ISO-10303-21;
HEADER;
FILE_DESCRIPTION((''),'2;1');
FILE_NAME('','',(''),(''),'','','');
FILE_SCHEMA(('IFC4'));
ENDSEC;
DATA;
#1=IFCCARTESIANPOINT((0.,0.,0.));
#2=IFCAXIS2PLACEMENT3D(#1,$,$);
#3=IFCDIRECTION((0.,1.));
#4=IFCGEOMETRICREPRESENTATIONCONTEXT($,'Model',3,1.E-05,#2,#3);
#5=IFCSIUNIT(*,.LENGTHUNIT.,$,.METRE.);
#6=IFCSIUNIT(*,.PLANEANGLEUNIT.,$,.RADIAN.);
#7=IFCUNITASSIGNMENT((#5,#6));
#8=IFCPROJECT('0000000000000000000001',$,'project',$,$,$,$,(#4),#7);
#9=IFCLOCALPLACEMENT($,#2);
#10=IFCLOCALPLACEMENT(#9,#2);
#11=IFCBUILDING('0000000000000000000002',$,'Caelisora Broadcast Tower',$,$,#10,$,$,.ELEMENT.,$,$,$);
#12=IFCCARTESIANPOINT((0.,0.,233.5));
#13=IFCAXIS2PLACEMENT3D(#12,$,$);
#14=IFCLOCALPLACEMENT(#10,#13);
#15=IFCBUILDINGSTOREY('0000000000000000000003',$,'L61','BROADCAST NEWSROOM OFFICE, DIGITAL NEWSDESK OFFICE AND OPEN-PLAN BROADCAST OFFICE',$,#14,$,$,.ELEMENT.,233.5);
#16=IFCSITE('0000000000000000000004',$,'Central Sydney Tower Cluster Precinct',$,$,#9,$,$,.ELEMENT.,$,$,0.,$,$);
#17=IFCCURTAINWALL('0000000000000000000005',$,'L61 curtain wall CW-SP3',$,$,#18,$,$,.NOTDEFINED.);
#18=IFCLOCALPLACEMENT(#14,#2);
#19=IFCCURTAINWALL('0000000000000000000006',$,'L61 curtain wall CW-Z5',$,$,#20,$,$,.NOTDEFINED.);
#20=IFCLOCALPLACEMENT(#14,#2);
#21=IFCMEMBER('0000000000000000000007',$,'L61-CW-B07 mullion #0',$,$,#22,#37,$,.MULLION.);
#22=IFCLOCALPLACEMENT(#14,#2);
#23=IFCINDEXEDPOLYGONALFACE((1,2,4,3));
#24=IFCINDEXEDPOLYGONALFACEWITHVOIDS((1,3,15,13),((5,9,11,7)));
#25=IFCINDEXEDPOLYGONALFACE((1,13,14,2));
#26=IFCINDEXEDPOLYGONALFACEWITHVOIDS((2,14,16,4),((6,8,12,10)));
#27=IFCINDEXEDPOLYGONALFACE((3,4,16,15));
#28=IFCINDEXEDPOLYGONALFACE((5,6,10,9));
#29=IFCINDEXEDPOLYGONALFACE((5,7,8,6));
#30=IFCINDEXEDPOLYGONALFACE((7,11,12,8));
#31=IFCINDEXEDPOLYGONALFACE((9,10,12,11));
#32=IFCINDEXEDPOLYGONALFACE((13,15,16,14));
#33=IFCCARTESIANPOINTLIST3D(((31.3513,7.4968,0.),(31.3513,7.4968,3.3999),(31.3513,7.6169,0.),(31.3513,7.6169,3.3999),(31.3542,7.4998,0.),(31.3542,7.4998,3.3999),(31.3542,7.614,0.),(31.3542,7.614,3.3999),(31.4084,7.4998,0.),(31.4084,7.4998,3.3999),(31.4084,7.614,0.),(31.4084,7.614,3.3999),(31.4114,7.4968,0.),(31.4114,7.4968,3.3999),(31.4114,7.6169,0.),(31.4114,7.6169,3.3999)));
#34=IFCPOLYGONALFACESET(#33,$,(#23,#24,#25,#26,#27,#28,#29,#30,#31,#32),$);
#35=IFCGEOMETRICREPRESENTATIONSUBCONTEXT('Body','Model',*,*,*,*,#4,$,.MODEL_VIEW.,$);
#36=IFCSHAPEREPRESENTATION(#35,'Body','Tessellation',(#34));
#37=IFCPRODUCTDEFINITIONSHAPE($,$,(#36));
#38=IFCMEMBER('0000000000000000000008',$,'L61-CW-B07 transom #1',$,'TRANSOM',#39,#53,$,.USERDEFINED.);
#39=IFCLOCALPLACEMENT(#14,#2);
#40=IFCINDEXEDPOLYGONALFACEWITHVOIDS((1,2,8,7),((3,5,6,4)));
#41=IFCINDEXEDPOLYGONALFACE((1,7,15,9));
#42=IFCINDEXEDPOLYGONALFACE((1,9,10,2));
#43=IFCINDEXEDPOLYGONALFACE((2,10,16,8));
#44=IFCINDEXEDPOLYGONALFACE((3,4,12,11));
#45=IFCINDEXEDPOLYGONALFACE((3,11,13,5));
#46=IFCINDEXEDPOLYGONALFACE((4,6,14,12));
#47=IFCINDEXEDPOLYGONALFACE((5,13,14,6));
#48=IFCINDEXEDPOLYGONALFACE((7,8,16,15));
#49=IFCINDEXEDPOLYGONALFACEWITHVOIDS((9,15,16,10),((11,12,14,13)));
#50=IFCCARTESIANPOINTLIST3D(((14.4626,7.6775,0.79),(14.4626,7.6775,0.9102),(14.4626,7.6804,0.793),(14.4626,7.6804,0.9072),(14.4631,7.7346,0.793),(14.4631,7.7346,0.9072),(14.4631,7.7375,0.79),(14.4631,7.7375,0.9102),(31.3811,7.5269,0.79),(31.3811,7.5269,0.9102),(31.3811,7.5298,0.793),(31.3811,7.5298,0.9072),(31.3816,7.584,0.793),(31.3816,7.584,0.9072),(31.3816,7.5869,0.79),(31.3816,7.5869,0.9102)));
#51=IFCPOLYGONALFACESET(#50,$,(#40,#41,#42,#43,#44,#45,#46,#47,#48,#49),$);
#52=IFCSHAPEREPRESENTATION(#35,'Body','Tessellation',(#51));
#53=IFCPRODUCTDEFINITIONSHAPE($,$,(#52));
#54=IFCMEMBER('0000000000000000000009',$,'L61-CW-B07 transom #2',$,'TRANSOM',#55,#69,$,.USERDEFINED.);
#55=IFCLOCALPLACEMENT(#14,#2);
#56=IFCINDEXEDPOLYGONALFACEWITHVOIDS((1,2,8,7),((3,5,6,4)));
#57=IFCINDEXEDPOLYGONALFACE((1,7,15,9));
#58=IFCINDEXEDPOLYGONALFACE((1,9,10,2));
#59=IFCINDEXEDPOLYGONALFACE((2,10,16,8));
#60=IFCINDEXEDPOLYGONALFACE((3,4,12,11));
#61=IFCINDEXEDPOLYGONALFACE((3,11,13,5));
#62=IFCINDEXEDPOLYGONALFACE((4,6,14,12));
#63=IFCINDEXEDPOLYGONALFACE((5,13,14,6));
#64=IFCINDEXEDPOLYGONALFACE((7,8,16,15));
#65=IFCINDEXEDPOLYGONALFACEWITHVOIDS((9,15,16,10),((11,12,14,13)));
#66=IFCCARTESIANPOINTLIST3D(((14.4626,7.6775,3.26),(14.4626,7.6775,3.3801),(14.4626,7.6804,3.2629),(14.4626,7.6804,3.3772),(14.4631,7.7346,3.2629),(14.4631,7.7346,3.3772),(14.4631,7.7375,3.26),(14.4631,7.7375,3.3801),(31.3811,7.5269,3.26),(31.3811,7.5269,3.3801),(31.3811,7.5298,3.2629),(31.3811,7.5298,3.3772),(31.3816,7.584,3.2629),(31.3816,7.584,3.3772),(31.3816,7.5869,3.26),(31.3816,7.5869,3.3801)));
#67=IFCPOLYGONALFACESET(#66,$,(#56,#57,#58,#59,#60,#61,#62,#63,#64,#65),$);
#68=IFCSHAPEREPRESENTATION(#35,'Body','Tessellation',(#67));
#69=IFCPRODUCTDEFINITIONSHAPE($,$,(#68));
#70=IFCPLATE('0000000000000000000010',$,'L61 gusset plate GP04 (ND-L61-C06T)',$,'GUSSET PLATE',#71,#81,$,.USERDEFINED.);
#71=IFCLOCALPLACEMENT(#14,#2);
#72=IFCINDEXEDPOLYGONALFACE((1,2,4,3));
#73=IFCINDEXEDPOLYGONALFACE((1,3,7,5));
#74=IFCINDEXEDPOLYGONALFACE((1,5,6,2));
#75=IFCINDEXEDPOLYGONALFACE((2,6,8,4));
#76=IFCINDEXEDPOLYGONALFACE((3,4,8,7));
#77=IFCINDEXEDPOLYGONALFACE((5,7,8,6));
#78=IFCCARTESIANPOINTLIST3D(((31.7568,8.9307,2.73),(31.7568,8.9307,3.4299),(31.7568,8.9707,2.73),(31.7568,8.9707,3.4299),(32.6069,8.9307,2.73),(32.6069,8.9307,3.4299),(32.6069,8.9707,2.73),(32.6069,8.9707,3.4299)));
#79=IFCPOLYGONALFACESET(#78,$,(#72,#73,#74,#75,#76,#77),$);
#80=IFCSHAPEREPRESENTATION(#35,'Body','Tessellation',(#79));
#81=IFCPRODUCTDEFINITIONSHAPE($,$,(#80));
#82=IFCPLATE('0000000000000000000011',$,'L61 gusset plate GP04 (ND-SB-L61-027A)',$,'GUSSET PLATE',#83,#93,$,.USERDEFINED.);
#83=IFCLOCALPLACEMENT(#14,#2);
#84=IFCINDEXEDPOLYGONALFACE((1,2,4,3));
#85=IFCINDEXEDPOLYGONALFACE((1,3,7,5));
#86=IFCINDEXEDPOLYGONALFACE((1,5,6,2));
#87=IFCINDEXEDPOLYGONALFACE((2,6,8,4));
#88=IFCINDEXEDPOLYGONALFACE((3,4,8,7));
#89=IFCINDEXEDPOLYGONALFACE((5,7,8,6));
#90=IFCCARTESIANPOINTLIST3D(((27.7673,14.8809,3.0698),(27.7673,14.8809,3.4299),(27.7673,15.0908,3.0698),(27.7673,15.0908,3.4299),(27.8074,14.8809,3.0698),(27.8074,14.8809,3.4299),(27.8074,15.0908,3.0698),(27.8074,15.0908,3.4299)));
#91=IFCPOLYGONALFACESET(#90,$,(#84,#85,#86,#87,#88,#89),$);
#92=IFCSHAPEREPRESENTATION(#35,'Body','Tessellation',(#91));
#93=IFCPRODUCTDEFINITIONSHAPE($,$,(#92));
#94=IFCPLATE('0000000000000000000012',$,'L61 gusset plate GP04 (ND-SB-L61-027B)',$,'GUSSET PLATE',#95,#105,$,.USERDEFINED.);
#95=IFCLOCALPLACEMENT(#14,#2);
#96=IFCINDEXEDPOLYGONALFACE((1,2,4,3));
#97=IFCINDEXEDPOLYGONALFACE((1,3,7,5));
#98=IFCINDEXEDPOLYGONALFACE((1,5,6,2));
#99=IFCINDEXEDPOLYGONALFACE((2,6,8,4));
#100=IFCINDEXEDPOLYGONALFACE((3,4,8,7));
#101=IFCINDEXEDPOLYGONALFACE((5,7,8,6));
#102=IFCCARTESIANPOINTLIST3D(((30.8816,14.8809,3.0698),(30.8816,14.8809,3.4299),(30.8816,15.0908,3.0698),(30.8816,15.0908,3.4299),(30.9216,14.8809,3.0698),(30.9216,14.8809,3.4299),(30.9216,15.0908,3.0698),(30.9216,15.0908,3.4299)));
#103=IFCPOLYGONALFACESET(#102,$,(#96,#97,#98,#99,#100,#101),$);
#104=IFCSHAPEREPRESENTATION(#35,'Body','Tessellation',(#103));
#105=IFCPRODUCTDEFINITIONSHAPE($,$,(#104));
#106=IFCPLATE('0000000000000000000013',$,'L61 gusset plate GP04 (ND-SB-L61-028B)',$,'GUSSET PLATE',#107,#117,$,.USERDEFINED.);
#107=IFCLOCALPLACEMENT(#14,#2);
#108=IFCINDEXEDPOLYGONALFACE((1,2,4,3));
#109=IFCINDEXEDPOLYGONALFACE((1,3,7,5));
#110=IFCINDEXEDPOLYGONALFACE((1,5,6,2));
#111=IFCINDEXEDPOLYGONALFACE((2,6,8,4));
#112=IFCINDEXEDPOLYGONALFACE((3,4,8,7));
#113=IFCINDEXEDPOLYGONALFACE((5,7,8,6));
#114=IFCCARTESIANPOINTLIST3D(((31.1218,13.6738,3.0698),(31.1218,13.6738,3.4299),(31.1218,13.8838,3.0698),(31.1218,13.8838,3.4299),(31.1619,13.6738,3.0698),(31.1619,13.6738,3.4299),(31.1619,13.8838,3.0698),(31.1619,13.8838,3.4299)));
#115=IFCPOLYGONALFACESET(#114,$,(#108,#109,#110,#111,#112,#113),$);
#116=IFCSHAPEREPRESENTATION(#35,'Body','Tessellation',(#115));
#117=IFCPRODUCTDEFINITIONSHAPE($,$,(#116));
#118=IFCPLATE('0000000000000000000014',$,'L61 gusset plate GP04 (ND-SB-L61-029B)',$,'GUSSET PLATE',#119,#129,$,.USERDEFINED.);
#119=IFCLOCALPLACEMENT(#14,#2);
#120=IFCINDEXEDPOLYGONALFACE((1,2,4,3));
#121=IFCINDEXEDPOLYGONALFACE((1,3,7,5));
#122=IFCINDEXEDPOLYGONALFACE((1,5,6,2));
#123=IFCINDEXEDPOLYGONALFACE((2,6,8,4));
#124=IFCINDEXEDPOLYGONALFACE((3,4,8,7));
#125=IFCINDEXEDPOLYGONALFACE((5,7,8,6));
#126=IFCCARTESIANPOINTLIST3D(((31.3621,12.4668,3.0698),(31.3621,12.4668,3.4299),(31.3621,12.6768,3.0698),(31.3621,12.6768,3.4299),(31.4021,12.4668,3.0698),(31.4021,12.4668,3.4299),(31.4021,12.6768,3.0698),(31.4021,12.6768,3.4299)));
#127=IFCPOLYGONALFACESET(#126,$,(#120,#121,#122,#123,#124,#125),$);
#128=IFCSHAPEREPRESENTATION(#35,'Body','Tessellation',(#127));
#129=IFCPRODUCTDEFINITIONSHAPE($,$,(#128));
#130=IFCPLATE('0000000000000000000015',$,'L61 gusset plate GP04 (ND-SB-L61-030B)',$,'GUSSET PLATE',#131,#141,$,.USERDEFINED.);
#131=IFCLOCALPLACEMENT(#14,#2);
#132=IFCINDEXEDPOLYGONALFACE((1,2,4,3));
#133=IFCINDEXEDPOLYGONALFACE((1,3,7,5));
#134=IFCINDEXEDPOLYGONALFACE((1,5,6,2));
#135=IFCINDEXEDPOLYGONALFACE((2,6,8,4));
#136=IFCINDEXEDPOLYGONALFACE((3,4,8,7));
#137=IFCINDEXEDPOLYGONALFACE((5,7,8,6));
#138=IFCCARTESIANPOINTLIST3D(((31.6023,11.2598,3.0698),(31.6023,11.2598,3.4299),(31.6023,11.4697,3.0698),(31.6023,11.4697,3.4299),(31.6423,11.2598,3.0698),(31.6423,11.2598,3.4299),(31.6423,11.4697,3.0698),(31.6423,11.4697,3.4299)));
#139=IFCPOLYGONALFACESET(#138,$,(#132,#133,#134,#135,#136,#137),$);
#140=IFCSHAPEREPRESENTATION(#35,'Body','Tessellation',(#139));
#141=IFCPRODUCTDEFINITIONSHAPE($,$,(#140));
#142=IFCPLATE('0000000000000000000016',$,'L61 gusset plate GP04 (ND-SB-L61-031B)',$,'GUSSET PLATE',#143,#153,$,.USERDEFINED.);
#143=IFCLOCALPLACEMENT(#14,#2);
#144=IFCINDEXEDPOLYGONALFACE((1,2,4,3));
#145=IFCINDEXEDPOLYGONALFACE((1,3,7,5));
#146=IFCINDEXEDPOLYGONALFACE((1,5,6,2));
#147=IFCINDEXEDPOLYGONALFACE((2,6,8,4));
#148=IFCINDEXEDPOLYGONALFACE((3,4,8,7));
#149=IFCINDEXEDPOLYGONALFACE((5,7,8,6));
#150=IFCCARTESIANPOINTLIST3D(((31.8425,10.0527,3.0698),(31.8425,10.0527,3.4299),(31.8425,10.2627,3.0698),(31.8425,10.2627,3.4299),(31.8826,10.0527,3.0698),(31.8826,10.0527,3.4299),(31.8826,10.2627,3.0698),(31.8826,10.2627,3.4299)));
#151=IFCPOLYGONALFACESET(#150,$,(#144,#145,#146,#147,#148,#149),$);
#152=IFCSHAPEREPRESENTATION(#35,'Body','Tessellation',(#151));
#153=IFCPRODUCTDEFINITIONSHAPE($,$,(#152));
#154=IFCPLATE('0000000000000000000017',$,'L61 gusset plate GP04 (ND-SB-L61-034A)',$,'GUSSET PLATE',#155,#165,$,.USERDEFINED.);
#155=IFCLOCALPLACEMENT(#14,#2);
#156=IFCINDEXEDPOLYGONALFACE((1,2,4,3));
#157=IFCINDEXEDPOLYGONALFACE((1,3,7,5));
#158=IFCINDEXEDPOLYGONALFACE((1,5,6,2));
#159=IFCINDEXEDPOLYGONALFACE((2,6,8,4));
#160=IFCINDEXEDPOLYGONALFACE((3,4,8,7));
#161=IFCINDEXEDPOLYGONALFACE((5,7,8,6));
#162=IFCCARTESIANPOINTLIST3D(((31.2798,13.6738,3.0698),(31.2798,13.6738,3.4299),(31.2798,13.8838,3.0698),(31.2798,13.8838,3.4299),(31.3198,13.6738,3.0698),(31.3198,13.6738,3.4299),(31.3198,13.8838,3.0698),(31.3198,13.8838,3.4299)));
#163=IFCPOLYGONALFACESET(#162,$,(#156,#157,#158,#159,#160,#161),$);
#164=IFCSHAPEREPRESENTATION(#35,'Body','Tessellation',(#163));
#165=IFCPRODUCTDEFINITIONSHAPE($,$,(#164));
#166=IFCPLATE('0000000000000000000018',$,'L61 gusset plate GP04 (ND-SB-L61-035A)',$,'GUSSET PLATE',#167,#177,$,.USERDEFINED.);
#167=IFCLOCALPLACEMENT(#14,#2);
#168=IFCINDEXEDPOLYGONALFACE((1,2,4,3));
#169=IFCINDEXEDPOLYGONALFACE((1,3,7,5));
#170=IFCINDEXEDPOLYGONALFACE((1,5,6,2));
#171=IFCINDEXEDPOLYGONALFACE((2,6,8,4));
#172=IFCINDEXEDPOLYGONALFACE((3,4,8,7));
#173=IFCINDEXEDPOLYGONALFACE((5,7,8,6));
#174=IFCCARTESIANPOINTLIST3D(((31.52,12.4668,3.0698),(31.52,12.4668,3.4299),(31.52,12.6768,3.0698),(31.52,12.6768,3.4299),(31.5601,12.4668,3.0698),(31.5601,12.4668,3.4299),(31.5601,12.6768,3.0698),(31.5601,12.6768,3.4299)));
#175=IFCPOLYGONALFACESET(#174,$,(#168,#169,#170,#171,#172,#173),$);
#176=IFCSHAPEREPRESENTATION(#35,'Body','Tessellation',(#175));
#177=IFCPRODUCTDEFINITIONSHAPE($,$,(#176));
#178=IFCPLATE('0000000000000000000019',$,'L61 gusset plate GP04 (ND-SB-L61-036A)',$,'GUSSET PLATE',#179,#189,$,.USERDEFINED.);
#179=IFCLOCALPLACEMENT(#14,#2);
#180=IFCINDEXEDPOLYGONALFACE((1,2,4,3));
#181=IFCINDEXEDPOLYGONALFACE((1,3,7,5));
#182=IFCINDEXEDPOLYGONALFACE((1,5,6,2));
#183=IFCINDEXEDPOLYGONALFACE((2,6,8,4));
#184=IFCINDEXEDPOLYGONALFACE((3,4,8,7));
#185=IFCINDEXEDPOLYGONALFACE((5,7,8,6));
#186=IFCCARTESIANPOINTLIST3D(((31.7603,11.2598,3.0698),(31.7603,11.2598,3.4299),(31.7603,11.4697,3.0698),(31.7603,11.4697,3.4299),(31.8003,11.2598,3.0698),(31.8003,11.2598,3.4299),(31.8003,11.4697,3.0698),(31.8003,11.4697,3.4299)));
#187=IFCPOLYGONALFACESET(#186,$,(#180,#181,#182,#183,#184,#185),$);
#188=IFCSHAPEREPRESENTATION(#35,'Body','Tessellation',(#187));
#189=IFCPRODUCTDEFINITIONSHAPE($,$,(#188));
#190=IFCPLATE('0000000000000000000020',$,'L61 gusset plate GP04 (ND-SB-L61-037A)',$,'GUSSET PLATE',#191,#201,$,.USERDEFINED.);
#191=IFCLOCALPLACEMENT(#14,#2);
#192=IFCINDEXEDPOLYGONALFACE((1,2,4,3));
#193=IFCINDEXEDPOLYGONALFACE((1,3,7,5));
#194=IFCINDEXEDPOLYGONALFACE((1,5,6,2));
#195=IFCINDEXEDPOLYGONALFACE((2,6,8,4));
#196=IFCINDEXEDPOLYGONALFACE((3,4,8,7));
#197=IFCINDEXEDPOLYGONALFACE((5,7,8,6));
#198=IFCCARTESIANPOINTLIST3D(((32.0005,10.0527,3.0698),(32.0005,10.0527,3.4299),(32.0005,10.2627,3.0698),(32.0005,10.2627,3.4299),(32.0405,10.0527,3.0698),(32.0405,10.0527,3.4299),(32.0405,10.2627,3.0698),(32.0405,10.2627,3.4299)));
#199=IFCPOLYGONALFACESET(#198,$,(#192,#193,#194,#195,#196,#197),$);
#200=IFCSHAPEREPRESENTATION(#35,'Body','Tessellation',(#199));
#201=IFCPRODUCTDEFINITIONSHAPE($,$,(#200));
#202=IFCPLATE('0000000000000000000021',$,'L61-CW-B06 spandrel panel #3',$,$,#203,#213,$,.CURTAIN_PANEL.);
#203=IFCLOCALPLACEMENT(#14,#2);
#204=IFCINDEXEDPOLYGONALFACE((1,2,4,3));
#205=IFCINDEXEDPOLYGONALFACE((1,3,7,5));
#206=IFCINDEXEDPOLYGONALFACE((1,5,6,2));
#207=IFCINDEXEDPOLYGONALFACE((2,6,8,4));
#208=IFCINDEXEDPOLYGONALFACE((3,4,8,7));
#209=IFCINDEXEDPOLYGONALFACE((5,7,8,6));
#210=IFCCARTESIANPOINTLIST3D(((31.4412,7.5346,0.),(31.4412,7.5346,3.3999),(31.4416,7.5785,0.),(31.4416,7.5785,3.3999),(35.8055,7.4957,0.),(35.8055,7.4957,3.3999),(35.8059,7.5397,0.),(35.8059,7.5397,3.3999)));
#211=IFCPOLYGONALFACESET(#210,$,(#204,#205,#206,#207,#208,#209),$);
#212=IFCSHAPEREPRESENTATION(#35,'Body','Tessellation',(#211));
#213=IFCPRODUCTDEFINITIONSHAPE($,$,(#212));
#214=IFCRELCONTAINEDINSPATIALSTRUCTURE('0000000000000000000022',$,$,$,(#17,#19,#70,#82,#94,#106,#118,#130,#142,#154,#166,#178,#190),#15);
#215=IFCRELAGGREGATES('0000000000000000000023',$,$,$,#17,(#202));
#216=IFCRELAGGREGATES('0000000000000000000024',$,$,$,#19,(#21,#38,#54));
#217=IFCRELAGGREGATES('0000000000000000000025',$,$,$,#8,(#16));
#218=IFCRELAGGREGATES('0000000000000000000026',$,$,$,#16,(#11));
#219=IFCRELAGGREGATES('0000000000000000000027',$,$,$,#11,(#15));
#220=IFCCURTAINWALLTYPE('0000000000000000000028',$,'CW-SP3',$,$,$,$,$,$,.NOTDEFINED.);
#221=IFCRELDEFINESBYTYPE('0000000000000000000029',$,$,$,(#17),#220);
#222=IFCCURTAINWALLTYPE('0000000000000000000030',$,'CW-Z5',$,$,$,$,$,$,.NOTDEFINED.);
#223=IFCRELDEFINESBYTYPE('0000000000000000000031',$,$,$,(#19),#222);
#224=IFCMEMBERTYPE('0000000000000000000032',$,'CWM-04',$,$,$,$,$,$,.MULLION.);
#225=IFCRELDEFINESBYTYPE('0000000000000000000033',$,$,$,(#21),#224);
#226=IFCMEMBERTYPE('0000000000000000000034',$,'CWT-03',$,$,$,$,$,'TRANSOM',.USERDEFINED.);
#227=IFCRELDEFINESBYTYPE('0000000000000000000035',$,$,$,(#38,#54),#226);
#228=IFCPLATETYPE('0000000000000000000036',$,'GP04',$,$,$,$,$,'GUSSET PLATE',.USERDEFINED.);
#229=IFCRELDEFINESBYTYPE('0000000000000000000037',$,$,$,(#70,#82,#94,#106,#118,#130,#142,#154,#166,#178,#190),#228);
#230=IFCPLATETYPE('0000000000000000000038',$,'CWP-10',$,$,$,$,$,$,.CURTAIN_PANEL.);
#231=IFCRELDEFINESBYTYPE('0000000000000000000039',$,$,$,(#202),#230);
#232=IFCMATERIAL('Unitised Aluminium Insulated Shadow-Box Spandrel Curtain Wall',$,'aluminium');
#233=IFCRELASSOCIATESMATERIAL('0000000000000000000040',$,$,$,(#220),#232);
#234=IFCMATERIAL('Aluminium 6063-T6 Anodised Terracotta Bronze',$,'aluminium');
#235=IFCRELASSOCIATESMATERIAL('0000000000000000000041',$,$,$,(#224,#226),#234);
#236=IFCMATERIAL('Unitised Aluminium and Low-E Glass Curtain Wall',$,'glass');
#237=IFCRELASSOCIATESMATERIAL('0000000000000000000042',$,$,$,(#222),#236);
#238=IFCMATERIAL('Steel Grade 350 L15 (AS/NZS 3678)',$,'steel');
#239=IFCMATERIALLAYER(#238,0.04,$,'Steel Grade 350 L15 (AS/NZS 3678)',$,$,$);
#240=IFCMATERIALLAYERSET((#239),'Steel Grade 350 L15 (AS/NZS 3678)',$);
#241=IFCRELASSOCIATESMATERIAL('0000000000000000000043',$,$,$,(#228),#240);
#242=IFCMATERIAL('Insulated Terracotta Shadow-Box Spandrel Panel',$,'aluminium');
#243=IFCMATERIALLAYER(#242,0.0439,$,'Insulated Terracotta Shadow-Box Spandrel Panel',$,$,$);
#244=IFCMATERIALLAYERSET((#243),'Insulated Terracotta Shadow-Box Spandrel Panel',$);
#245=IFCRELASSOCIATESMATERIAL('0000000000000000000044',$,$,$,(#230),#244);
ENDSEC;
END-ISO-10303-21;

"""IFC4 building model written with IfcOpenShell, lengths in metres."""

from ifc_helpers import new_model, si_unit, direction, frame, origin, origin_2d, place, context, subcontext, project, spatial, rectangle, hollow_rectangle, extrude, source, transform, mapped, material, layer, layer_set, material_profile, profile_set, type_object, type_shapes, element, aggregate, save


model = new_model("IFC4")

# Units and contexts
model_context = context("Model", 3, precision=1e-05, world=origin(), true_north=direction((0.0, 1.0)))
body_context = subcontext(model_context, "Body", "Model", "MODEL_VIEW")
ifc_project = project(units=[si_unit("LENGTHUNIT", "METRE"), si_unit("PLANEANGLEUNIT", "RADIAN")], contexts=[model_context])

# Site, building, storey
site_placement = place(None, origin())
site = spatial("IfcSite", under=ifc_project, at=site_placement, Name="Central Sydney Tower Cluster Precinct", CompositionType="ELEMENT", RefElevation=0.0)
building_placement = place(site_placement, origin())
building = spatial("IfcBuilding", under=site, at=building_placement, Name="Caelisora Broadcast Tower", CompositionType="ELEMENT")
storey_placement = place(building_placement, frame((0.0, 0.0, 233.5)))
storey = spatial("IfcBuildingStorey", under=building, at=storey_placement, Name="L61", Description="BROADCAST NEWSROOM OFFICE, DIGITAL NEWSDESK OFFICE AND OPEN-PLAN BROADCAST OFFICE", CompositionType="ELEMENT", Elevation=233.5)

# Shared definitions
ifc_material_1 = material(Name="Steel Grade 350 L15 (AS/NZS 3678)", Category="steel")

# Curtain wall
ifc_material_2 = material(Name="Unitised Aluminium Insulated Shadow-Box Spandrel Curtain Wall", Category="aluminium")
curtain_wall_type_1 = type_object("IfcCurtainWallType", Name="CW-SP3", PredefinedType="NOTDEFINED", material=ifc_material_2)
curtain_wall_1_placement = place(storey_placement, origin())
curtain_wall_1 = element("IfcCurtainWall", 1, at=curtain_wall_1_placement, inside=storey, type_object=curtain_wall_type_1, Name="L61 curtain wall CW-SP3", PredefinedType="NOTDEFINED")
ifc_material_3 = material(Name="Aluminium 6063-T6 Anodised Terracotta Bronze", Category="aluminium")
ifc_material_profile_1 = material_profile(ifc_material_3, hollow_rectangle(XDim=0.0601, YDim=0.1201, WallThickness=0.0029, at=origin_2d()), Name="Aluminium 6063-T6 Anodised Terracotta Bronze")
ifc_profile_set_1 = profile_set([ifc_material_profile_1], Name="Aluminium 6063-T6 Anodised Terracotta Bronze")
member_type_1 = type_object("IfcMemberType", Name="CWM-04", PredefinedType="MULLION", material=ifc_profile_set_1)
shared_shape_1 = source(origin(), body_context, "Body", "SweptSolid", [
    extrude(hollow_rectangle(XDim=0.0601, YDim=0.1201, WallThickness=0.0029, at=origin_2d()), origin(), (0.0, 0.0, 1.0), 3.3999),
])
type_shapes(member_type_1, [shared_shape_1])

# Curtain wall, members
ifc_material_4 = material(Name="Unitised Aluminium and Low-E Glass Curtain Wall", Category="glass")
curtain_wall_type_2 = type_object("IfcCurtainWallType", Name="CW-Z5", PredefinedType="NOTDEFINED", material=ifc_material_4)
curtain_wall_2_placement = place(storey_placement, origin())
curtain_wall_2 = element("IfcCurtainWall", 2, at=curtain_wall_2_placement, inside=storey, type_object=curtain_wall_type_2, Name="L61 curtain wall CW-Z5", PredefinedType="NOTDEFINED")
member_1_placement = place(storey_placement, frame((31.3813, 7.5569, 0.0), z_axis=(0.0, 0.0, 1.0), x_axis=(1.0, 0.0, 0.0)))
member_1 = element("IfcMember", 3, at=member_1_placement, type_object=member_type_1, Name="L61-CW-B07 mullion #0", PredefinedType="MULLION", context=body_context, shape_type="MappedRepresentation", body=[
    mapped(shared_shape_1, transform((0.0, 0.0, 0.0), scale=1.0)),
])
ifc_material_profile_2 = material_profile(ifc_material_3, hollow_rectangle(XDim=0.0601, YDim=0.1201, WallThickness=0.0029, at=origin_2d()), Name="Aluminium 6063-T6 Anodised Terracotta Bronze")
ifc_profile_set_2 = profile_set([ifc_material_profile_2], Name="Aluminium 6063-T6 Anodised Terracotta Bronze")
member_type_2 = type_object("IfcMemberType", Name="CWT-03", ElementType="TRANSOM", PredefinedType="USERDEFINED", material=ifc_profile_set_2)
shared_shape_2 = source(origin(), body_context, "Body", "SweptSolid", [
    extrude(hollow_rectangle(XDim=0.0601, YDim=0.1201, WallThickness=0.0029, at=origin_2d()), origin(), (0.0, 0.0, 1.0), 16.9192),
])
type_shapes(member_type_2, [shared_shape_2])
member_2_placement = place(storey_placement, frame((31.3813, 7.5569, 0.8501), z_axis=(-0.99996, 0.008903, 0.0), x_axis=(-0.008903, -0.99996, 0.0)))
member_2 = element("IfcMember", 4, at=member_2_placement, type_object=member_type_2, Name="L61-CW-B07 transom #1", ObjectType="TRANSOM", PredefinedType="USERDEFINED", context=body_context, shape_type="MappedRepresentation", body=[
    mapped(shared_shape_2, transform((0.0, 0.0, 0.0), scale=1.0)),
])
member_3_placement = place(storey_placement, frame((31.3813, 7.5569, 3.3201), z_axis=(-0.99996, 0.008903, 0.0), x_axis=(-0.008903, -0.99996, 0.0)))
member_3 = element("IfcMember", 5, at=member_3_placement, type_object=member_type_2, Name="L61-CW-B07 transom #2", ObjectType="TRANSOM", PredefinedType="USERDEFINED", context=body_context, shape_type="MappedRepresentation", body=[
    mapped(shared_shape_2, transform((0.0, 0.0, 0.0), scale=1.0)),
])

# Plates
ifc_layer_1 = layer(ifc_material_1, 0.04, Name="Steel Grade 350 L15 (AS/NZS 3678)")
ifc_layer_set_1 = layer_set([ifc_layer_1], Name="Steel Grade 350 L15 (AS/NZS 3678)")
plate_type_1 = type_object("IfcPlateType", Name="GP04", ElementType="GUSSET PLATE", PredefinedType="USERDEFINED", material=ifc_layer_set_1)
shared_shape_3 = source(origin(), body_context, "Body", "SweptSolid", [
    extrude(rectangle(XDim=0.8501, YDim=0.04, at=origin_2d()), origin(), (0.0, 0.0, 1.0), 0.7),
])
plate_1_placement = place(storey_placement, frame((32.1819, 8.9507, 2.73), z_axis=(0.0, 0.0, 1.0), x_axis=(1.0, 0.0, 0.0)))
element("IfcPlate", 6, at=plate_1_placement, inside=storey, type_object=plate_type_1, Name="L61 gusset plate GP04 (ND-L61-C06T)", ObjectType="GUSSET PLATE", PredefinedType="USERDEFINED", context=body_context, shape_type="MappedRepresentation", body=[
    mapped(shared_shape_3, transform((0.0, 0.0, 0.0), scale=1.0)),
])
shared_shape_4 = source(origin(), body_context, "Body", "SweptSolid", [
    extrude(rectangle(XDim=0.21, YDim=0.04, at=origin_2d()), origin(), (0.0, 0.0, 1.0), 0.3601),
])
type_shapes(plate_type_1, [shared_shape_3, shared_shape_4])
for number, where, z_axis, x_axis, name in (
    (7, (27.7874, 14.9858, 3.0698), (0.0, 0.0, 1.0), (0.0, 1.0, 0.0), "L61 gusset plate GP04 (ND-SB-L61-027A)"),
    (8, (30.9016, 14.9858, 3.0698), (0.0, 0.0, 1.0), (0.0, 1.0, 0.0), "L61 gusset plate GP04 (ND-SB-L61-027B)"),
    (9, (31.1418, 13.7788, 3.0698), (0.0, 0.0, 1.0), (0.0, 1.0, 0.0), "L61 gusset plate GP04 (ND-SB-L61-028B)"),
    (10, (31.3821, 12.5718, 3.0698), (0.0, 0.0, 1.0), (0.0, 1.0, 0.0), "L61 gusset plate GP04 (ND-SB-L61-029B)"),
    (11, (31.6223, 11.3647, 3.0698), (0.0, 0.0, 1.0), (0.0, 1.0, 0.0), "L61 gusset plate GP04 (ND-SB-L61-030B)"),
    (12, (31.8625, 10.1577, 3.0698), (0.0, 0.0, 1.0), (0.0, 1.0, 0.0), "L61 gusset plate GP04 (ND-SB-L61-031B)"),
    (13, (31.2998, 13.7788, 3.0698), (0.0, 0.0, 1.0), (0.0, 1.0, 0.0), "L61 gusset plate GP04 (ND-SB-L61-034A)"),
    (14, (31.54, 12.5718, 3.0698), (0.0, 0.0, 1.0), (0.0, 1.0, 0.0), "L61 gusset plate GP04 (ND-SB-L61-035A)"),
    (15, (31.7803, 11.3647, 3.0698), (0.0, 0.0, 1.0), (0.0, 1.0, 0.0), "L61 gusset plate GP04 (ND-SB-L61-036A)"),
    (16, (32.0205, 10.1577, 3.0698), (0.0, 0.0, 1.0), (0.0, 1.0, 0.0), "L61 gusset plate GP04 (ND-SB-L61-037A)"),
):
    element("IfcPlate", number, at=place(storey_placement, frame(where, z_axis=z_axis, x_axis=x_axis)), inside=storey, type_object=plate_type_1, Name=name, ObjectType="GUSSET PLATE", PredefinedType="USERDEFINED", context=body_context, shape_type="MappedRepresentation", body=[
        mapped(shared_shape_4, transform((0.0, 0.0, 0.0), scale=1.0)),
    ])

# Plate
ifc_material_5 = material(Name="Insulated Terracotta Shadow-Box Spandrel Panel", Category="aluminium")
ifc_layer_2 = layer(ifc_material_5, 0.0439, Name="Insulated Terracotta Shadow-Box Spandrel Panel")
ifc_layer_set_2 = layer_set([ifc_layer_2], Name="Insulated Terracotta Shadow-Box Spandrel Panel")
plate_type_2 = type_object("IfcPlateType", Name="CWP-10", PredefinedType="CURTAIN_PANEL", material=ifc_layer_set_2)
shared_shape_5 = source(origin(), body_context, "Body", "SweptSolid", [
    extrude(rectangle(XDim=4.3645, YDim=0.0439, at=origin_2d()), origin(), (0.0, 0.0, 1.0), 3.3999),
])
type_shapes(plate_type_2, [shared_shape_5])
plate_2_placement = place(storey_placement, frame((33.6235, 7.5371, 0.0), z_axis=(0.0, 0.0, 1.0), x_axis=(-0.99996, 0.008901, 0.0)))
plate_2 = element("IfcPlate", 17, at=plate_2_placement, type_object=plate_type_2, Name="L61-CW-B06 spandrel panel #3", PredefinedType="CURTAIN_PANEL", context=body_context, shape_type="MappedRepresentation", body=[
    mapped(shared_shape_5, transform((0.0, 0.0, 0.0), scale=1.0)),
])
aggregate(curtain_wall_1, [plate_2])
aggregate(curtain_wall_2, [member_1, member_2, member_3])

save(model, "model.ifc")
